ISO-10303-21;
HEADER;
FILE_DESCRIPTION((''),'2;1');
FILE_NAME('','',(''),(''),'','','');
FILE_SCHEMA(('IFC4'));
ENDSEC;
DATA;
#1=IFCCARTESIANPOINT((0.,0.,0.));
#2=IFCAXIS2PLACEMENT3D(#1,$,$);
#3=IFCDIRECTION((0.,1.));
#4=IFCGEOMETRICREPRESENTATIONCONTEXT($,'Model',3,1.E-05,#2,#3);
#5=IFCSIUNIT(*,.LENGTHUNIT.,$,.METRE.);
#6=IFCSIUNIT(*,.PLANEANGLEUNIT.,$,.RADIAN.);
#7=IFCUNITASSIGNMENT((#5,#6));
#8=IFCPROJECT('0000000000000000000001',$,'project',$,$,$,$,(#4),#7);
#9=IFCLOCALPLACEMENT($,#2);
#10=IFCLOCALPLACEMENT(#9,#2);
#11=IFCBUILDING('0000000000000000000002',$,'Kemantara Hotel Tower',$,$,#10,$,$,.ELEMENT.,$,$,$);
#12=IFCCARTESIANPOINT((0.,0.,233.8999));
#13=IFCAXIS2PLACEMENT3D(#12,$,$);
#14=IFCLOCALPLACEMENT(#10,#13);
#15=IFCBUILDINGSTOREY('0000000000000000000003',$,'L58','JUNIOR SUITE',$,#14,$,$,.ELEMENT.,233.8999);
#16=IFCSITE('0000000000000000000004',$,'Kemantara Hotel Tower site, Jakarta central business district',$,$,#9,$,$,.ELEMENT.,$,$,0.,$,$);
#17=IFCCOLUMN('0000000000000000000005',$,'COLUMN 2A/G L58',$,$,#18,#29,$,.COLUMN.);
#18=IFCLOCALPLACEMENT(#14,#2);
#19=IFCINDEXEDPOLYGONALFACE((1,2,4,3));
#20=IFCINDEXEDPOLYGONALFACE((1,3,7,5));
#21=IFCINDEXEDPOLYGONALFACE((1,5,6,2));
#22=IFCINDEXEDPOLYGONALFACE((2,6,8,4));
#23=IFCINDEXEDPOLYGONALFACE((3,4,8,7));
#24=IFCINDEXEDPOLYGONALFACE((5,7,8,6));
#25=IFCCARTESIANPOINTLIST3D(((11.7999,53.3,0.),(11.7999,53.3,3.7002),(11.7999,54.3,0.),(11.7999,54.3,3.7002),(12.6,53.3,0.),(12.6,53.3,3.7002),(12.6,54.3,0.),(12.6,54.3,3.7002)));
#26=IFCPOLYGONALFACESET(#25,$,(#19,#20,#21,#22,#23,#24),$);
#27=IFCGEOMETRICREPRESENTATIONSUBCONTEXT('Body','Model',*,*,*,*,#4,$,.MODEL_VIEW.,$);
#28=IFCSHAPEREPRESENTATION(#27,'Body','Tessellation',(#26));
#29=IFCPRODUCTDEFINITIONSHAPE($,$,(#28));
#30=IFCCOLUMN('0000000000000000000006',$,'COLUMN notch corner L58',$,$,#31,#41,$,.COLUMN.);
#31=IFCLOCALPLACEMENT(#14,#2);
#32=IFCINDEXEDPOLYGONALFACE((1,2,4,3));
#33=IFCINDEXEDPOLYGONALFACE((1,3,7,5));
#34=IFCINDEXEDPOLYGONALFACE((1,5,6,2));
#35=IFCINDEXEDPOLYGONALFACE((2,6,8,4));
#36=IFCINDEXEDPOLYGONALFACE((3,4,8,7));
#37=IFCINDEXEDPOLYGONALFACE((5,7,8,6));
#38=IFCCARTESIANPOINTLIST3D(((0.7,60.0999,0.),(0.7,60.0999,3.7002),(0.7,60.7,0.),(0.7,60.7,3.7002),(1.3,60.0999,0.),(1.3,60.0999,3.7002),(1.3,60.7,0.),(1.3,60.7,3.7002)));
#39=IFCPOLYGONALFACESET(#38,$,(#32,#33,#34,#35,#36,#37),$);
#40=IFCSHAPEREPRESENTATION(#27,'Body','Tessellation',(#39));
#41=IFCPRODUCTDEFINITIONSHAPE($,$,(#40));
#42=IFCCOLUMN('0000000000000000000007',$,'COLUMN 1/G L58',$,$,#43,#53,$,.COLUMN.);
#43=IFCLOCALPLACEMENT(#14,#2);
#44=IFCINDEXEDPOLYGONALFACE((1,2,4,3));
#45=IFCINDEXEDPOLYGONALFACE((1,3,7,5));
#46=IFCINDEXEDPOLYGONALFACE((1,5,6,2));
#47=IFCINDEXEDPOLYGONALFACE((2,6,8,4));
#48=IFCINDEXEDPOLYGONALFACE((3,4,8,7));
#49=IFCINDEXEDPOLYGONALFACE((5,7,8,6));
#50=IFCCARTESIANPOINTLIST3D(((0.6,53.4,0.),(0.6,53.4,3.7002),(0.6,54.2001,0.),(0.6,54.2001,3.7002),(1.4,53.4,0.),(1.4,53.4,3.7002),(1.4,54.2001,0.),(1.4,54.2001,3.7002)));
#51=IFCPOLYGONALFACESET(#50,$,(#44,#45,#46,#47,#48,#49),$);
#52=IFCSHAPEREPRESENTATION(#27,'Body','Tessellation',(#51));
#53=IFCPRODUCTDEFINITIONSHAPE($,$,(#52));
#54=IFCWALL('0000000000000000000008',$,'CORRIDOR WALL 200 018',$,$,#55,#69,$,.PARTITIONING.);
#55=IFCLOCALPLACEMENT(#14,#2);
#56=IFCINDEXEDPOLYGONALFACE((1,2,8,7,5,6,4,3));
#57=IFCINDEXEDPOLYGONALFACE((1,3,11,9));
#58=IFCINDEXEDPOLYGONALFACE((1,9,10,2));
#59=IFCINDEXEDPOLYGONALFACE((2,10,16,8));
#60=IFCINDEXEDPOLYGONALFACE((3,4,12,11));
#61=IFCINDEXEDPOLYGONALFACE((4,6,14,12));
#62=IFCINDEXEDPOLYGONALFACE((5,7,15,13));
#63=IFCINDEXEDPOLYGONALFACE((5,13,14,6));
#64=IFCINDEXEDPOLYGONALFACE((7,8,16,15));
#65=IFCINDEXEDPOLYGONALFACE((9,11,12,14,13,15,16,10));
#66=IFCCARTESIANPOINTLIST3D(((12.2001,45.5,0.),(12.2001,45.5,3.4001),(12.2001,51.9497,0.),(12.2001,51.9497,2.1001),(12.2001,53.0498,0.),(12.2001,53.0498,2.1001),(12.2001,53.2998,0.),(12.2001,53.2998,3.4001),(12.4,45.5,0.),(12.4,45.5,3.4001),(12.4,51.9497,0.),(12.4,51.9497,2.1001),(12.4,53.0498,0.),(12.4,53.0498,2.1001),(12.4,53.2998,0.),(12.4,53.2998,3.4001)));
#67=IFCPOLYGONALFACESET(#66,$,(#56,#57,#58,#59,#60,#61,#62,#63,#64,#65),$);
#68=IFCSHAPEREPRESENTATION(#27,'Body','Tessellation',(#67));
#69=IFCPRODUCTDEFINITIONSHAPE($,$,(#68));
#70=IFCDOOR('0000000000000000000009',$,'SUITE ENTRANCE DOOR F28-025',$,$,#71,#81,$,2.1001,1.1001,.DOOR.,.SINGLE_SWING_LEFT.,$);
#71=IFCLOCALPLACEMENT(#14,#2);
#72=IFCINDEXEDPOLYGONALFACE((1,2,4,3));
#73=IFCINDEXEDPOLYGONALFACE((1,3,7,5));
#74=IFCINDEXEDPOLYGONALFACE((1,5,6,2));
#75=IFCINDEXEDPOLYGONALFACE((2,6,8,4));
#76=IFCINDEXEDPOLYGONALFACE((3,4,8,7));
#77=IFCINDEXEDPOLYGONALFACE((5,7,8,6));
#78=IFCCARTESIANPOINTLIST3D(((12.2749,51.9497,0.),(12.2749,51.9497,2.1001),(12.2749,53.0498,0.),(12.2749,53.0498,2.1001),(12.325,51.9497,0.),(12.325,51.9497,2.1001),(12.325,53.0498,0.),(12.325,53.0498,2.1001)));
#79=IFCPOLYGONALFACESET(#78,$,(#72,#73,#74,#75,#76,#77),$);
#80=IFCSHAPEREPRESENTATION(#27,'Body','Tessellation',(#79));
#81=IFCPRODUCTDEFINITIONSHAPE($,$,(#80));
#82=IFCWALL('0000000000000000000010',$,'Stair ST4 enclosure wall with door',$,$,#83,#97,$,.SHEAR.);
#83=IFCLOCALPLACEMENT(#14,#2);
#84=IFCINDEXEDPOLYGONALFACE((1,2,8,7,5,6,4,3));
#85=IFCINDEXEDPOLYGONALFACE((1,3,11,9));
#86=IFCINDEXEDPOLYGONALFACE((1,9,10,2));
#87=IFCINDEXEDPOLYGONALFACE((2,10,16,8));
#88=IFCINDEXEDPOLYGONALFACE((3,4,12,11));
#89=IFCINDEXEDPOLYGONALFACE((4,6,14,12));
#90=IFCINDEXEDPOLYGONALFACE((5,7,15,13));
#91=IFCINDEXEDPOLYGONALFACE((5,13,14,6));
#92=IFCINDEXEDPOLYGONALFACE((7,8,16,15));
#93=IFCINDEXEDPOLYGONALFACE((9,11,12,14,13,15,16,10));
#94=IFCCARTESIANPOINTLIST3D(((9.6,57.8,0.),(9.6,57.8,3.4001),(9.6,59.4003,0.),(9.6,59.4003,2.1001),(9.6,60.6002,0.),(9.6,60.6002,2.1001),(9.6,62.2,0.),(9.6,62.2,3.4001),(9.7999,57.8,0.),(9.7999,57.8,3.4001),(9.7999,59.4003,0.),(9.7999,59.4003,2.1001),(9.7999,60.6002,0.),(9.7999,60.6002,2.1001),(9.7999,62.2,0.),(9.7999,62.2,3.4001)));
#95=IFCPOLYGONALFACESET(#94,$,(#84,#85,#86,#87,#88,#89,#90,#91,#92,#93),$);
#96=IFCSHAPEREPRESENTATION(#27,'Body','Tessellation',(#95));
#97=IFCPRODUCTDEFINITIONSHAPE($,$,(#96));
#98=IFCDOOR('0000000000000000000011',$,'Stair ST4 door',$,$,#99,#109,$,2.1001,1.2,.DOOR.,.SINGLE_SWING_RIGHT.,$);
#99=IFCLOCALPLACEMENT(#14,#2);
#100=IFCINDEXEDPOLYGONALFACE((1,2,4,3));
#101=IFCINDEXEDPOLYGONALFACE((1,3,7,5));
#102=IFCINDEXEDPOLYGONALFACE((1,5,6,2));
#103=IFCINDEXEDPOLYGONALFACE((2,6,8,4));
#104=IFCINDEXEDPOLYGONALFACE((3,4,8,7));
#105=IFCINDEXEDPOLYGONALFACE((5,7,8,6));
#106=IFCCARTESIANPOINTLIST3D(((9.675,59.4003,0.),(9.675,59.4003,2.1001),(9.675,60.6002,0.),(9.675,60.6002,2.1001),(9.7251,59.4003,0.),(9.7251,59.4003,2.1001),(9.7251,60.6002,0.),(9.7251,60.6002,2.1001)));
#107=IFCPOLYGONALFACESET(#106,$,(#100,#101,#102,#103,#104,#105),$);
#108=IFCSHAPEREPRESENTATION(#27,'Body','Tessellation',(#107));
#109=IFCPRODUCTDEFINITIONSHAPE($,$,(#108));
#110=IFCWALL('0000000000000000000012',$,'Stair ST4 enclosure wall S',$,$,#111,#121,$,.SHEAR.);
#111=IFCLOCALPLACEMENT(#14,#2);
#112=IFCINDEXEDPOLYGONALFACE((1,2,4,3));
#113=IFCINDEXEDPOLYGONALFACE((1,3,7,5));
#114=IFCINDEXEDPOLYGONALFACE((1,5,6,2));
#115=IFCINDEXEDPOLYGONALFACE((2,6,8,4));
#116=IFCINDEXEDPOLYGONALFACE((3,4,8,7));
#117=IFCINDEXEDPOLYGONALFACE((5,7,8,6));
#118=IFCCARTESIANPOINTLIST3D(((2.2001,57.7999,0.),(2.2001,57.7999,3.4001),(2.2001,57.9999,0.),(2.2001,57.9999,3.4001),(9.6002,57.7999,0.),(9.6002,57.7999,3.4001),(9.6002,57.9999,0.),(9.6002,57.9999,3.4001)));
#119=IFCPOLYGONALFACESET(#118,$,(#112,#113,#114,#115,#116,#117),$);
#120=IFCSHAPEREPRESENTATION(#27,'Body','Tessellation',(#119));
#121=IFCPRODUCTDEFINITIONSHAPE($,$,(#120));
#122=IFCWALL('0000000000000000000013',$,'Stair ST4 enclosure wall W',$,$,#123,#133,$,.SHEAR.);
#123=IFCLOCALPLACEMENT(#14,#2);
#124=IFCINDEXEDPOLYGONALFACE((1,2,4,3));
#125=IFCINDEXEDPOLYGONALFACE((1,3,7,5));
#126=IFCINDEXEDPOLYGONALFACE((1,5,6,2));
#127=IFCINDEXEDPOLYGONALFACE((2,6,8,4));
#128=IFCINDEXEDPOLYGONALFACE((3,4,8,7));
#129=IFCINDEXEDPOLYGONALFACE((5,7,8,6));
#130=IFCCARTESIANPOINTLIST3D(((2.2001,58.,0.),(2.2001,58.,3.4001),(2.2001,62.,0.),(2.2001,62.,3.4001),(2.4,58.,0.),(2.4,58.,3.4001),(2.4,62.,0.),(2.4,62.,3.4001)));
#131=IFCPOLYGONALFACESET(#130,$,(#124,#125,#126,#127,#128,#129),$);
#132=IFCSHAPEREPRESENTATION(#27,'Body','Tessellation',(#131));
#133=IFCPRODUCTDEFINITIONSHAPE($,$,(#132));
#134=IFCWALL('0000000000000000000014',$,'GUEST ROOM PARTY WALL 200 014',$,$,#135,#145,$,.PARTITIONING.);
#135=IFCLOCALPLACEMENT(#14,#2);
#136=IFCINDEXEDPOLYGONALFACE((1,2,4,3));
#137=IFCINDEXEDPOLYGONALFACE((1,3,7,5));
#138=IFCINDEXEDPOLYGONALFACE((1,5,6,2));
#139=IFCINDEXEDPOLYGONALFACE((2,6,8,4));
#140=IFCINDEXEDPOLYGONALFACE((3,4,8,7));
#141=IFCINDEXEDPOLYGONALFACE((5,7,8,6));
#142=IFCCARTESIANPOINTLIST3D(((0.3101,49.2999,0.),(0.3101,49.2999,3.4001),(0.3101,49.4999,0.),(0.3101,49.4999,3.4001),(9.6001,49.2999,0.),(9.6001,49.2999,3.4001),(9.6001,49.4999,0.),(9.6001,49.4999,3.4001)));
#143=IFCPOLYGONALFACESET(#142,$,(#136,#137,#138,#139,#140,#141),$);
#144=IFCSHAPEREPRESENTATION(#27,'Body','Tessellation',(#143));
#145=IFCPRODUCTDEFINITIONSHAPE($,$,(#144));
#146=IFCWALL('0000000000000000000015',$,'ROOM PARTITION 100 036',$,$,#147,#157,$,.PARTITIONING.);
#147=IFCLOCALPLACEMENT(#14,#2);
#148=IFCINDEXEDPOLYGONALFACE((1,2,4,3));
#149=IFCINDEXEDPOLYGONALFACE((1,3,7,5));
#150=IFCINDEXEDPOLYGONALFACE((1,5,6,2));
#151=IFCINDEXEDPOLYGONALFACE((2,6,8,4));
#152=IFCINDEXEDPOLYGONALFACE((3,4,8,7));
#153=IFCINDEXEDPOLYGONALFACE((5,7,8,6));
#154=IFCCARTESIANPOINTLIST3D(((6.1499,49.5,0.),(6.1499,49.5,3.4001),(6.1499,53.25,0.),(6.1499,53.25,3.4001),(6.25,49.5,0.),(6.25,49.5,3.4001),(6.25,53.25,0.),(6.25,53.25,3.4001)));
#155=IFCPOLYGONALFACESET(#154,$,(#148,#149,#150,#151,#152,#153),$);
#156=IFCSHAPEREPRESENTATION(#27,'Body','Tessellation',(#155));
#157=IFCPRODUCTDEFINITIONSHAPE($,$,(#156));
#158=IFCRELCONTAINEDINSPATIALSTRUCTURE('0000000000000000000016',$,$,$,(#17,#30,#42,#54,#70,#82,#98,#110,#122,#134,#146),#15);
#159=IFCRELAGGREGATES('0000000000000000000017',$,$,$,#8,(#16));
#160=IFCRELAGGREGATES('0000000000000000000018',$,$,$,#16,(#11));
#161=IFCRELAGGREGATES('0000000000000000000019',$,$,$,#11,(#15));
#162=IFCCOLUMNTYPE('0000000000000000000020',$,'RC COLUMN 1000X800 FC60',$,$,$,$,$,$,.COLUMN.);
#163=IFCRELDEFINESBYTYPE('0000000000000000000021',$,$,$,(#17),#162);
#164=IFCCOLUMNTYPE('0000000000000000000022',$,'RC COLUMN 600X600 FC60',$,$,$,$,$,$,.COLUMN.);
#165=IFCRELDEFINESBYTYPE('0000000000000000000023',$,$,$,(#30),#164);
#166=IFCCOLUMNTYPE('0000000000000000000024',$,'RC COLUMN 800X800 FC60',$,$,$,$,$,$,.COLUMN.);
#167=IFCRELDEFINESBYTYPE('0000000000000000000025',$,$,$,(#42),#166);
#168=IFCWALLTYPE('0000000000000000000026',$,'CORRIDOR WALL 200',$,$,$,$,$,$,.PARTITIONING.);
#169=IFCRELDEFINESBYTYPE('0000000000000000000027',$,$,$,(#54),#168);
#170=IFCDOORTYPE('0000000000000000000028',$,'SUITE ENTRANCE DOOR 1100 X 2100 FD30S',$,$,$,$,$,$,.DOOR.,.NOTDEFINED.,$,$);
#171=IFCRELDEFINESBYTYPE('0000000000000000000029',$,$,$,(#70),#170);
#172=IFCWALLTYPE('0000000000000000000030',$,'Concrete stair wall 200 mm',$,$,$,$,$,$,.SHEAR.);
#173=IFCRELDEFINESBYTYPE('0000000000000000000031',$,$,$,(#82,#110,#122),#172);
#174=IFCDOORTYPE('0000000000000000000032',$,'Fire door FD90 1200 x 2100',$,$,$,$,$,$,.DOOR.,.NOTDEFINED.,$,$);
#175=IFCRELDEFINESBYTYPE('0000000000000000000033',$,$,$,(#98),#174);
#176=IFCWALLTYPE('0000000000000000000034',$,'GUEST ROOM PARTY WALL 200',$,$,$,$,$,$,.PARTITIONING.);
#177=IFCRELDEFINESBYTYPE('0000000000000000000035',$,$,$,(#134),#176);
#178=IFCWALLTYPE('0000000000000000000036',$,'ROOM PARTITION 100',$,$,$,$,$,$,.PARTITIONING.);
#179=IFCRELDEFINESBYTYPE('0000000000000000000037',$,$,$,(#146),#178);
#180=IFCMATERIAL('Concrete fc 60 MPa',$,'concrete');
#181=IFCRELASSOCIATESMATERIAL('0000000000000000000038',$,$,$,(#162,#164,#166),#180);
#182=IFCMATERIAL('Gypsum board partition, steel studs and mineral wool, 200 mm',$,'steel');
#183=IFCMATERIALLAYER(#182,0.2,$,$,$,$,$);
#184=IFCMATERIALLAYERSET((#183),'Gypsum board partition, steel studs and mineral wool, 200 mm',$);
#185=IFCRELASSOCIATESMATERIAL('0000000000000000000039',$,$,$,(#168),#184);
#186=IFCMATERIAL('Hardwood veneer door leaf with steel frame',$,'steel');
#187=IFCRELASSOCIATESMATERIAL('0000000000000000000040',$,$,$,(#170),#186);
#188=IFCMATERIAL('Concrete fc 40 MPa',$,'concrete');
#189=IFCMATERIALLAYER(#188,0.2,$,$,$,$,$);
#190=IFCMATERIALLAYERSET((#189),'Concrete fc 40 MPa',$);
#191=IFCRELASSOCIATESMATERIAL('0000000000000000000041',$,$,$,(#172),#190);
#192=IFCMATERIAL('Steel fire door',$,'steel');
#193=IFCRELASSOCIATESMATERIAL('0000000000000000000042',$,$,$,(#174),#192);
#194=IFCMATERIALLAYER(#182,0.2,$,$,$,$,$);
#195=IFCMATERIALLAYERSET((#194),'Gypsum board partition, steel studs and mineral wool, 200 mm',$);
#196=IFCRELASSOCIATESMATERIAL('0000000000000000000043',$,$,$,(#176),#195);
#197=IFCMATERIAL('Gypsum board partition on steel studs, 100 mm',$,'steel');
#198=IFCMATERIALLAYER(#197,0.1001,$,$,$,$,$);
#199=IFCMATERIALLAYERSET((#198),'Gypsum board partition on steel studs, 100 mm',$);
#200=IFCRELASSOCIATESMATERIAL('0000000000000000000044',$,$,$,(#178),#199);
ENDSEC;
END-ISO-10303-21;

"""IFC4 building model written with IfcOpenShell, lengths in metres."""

from ifc_helpers import new_model, si_unit, direction, frame, frame_2d, origin, origin_2d, place, context, subcontext, project, spatial, rectangle, extrude, material, layer, layer_set, material_profile, profile_set, type_object, element, fill, save


model = new_model("IFC4")

# Units and contexts
model_context = context("Model", 3, precision=1e-05, world=origin(), true_north=direction((0.0, 1.0)))
body_context = subcontext(model_context, "Body", "Model", "MODEL_VIEW")
ifc_project = project(units=[si_unit("LENGTHUNIT", "METRE"), si_unit("PLANEANGLEUNIT", "RADIAN")], contexts=[model_context])

# Site, building, storey
site_placement = place(None, origin())
site = spatial("IfcSite", under=ifc_project, at=site_placement, Name="Kemantara Hotel Tower site, Jakarta central business district", CompositionType="ELEMENT", RefElevation=0.0)
building_placement = place(site_placement, origin())
building = spatial("IfcBuilding", under=site, at=building_placement, Name="Kemantara Hotel Tower", CompositionType="ELEMENT")
storey_placement = place(building_placement, frame((0.0, 0.0, 233.8999)))
storey = spatial("IfcBuildingStorey", under=building, at=storey_placement, Name="L58", Description="JUNIOR SUITE", CompositionType="ELEMENT", Elevation=233.8999)

# Columns
ifc_material_1 = material(Name="Concrete fc 60 MPa", Category="concrete")
ifc_material_profile_1 = material_profile(ifc_material_1, rectangle(XDim=1.0, YDim=0.8, at=origin_2d()), Name="RC 1000X800")
ifc_profile_set_1 = profile_set([ifc_material_profile_1], Name="Concrete fc 60 MPa")
column_type_1 = type_object("IfcColumnType", Name="RC COLUMN 1000X800 FC60", PredefinedType="COLUMN", material=ifc_profile_set_1)
column_1_placement = place(storey_placement, frame((12.2, 53.8, 0.0), z_axis=(0.0, 0.0, 1.0), x_axis=(0.0, 1.0, 0.0)))
element("IfcColumn", 1, at=column_1_placement, inside=storey, type_object=column_type_1, Name="COLUMN 2A/G L58", PredefinedType="COLUMN", context=body_context, shape_type="SweptSolid", body=[
    extrude(rectangle(XDim=1.0, YDim=0.8, at=origin_2d()), origin(), (0.0, 0.0, 1.0), 3.7002),
])
ifc_material_profile_2 = material_profile(ifc_material_1, rectangle(XDim=0.6001, YDim=0.6001, at=origin_2d()), Name="RC 600X600")
ifc_profile_set_2 = profile_set([ifc_material_profile_2], Name="Concrete fc 60 MPa")
column_type_2 = type_object("IfcColumnType", Name="RC COLUMN 600X600 FC60", PredefinedType="COLUMN", material=ifc_profile_set_2)
column_2_placement = place(storey_placement, frame((1.0, 60.3999, 0.0), z_axis=(0.0, 0.0, 1.0), x_axis=(1.0, 0.0, 0.0)))
element("IfcColumn", 2, at=column_2_placement, inside=storey, type_object=column_type_2, Name="COLUMN notch corner L58", PredefinedType="COLUMN", context=body_context, shape_type="SweptSolid", body=[
    extrude(rectangle(XDim=0.6001, YDim=0.6001, at=origin_2d()), origin(), (0.0, 0.0, 1.0), 3.7002),
])
ifc_material_profile_3 = material_profile(ifc_material_1, rectangle(XDim=0.8, YDim=0.8, at=origin_2d()), Name="RC 800X800")
ifc_profile_set_3 = profile_set([ifc_material_profile_3], Name="Concrete fc 60 MPa")
column_type_3 = type_object("IfcColumnType", Name="RC COLUMN 800X800 FC60", PredefinedType="COLUMN", material=ifc_profile_set_3)
column_3_placement = place(storey_placement, frame((1.0, 53.8, 0.0), z_axis=(0.0, 0.0, 1.0), x_axis=(1.0, 0.0, 0.0)))
element("IfcColumn", 3, at=column_3_placement, inside=storey, type_object=column_type_3, Name="COLUMN 1/G L58", PredefinedType="COLUMN", context=body_context, shape_type="SweptSolid", body=[
    extrude(rectangle(XDim=0.8, YDim=0.8, at=origin_2d()), origin(), (0.0, 0.0, 1.0), 3.7002),
])

# Walls, openings, doors
ifc_material_2 = material(Name="Gypsum board partition, steel studs and mineral wool, 200 mm", Category="steel")
ifc_layer_1 = layer(ifc_material_2, 0.2)
ifc_layer_set_1 = layer_set([ifc_layer_1], Name="Gypsum board partition, steel studs and mineral wool, 200 mm")
wall_type_1 = type_object("IfcWallType", Name="CORRIDOR WALL 200", PredefinedType="PARTITIONING", material=ifc_layer_set_1)
wall_1_placement = place(storey_placement, frame((12.3, 53.2998, 0.0), z_axis=(0.0, 0.0, 1.0), x_axis=(0.0, -1.0, 0.0)))
wall_1 = element("IfcWall", 4, at=wall_1_placement, inside=storey, type_object=wall_type_1, Name="CORRIDOR WALL 200 018", PredefinedType="PARTITIONING", context=body_context, shape_type="SweptSolid", body=[
    extrude(rectangle(XDim=7.7998, YDim=0.2, at=frame_2d((3.8999, 0.0))), origin(), (0.0, 0.0, 1.0), 3.4001),
])
opening_1_placement = place(wall_1_placement, frame((0.25, 0.0, 0.0)))
opening_1 = element("IfcOpeningElement", 5, at=opening_1_placement, cuts=wall_1, PredefinedType="OPENING", context=body_context, shape_type="SweptSolid", body=[
    extrude(rectangle(XDim=1.1001, YDim=2.1001, at=frame_2d((0.55, 1.05))), frame((0.0, 0.1099, 0.0), z_axis=(0.0, -1.0, 0.0), x_axis=(1.0, 0.0, 0.0)), (0.0, 0.0, 1.0), 0.22),
])
ifc_material_3 = material(Name="Hardwood veneer door leaf with steel frame", Category="steel")
door_type_1 = type_object("IfcDoorType", Name="SUITE ENTRANCE DOOR 1100 X 2100 FD30S", OperationType="NOTDEFINED", PredefinedType="DOOR", material=ifc_material_3)
door_1_placement = place(opening_1_placement, origin())
door_1 = element("IfcDoor", 6, at=door_1_placement, inside=storey, type_object=door_type_1, Name="SUITE ENTRANCE DOOR F28-025", OperationType="SINGLE_SWING_LEFT", OverallHeight=2.1001, OverallWidth=1.1001, PredefinedType="DOOR", context=body_context, shape_type="SweptSolid", body=[
    extrude(rectangle(XDim=1.1001, YDim=2.1001, at=frame_2d((0.55, 1.05))), frame((0.0, 0.0249, 0.0), z_axis=(0.0, -1.0, 0.0), x_axis=(1.0, 0.0, 0.0)), (0.0, 0.0, 1.0), 0.05),
])
fill(opening_1, door_1)
ifc_material_4 = material(Name="Concrete fc 40 MPa", Category="concrete")
ifc_layer_2 = layer(ifc_material_4, 0.2)
ifc_layer_set_2 = layer_set([ifc_layer_2], Name="Concrete fc 40 MPa")
wall_type_2 = type_object("IfcWallType", Name="Concrete stair wall 200 mm", PredefinedType="SHEAR", material=ifc_layer_set_2)
wall_2_placement = place(storey_placement, frame((9.7, 57.8, 0.0), z_axis=(0.0, 0.0, 1.0), x_axis=(0.0, 1.0, 0.0)))
wall_2 = element("IfcWall", 7, at=wall_2_placement, inside=storey, type_object=wall_type_2, Name="Stair ST4 enclosure wall with door", PredefinedType="SHEAR", context=body_context, shape_type="SweptSolid", body=[
    extrude(rectangle(XDim=4.3999, YDim=0.2, at=frame_2d((2.2, 0.0))), origin(), (0.0, 0.0, 1.0), 3.4001),
])
opening_2_placement = place(wall_2_placement, frame((1.6001, 0.0, 0.0)))
opening_2 = element("IfcOpeningElement", 8, at=opening_2_placement, cuts=wall_2, PredefinedType="OPENING", context=body_context, shape_type="SweptSolid", body=[
    extrude(rectangle(XDim=1.2, YDim=2.1001, at=frame_2d((0.6001, 1.05))), frame((0.0, 0.1099, 0.0), z_axis=(0.0, -1.0, 0.0), x_axis=(1.0, 0.0, 0.0)), (0.0, 0.0, 1.0), 0.22),
])
ifc_material_5 = material(Name="Steel fire door", Category="steel")
door_type_2 = type_object("IfcDoorType", Name="Fire door FD90 1200 x 2100", OperationType="NOTDEFINED", PredefinedType="DOOR", material=ifc_material_5)
door_2_placement = place(opening_2_placement, origin())
door_2 = element("IfcDoor", 9, at=door_2_placement, inside=storey, type_object=door_type_2, Name="Stair ST4 door", OperationType="SINGLE_SWING_RIGHT", OverallHeight=2.1001, OverallWidth=1.2, PredefinedType="DOOR", context=body_context, shape_type="SweptSolid", body=[
    extrude(rectangle(XDim=1.2, YDim=2.1001, at=frame_2d((0.6001, 1.05))), frame((0.0, 0.0249, 0.0), z_axis=(0.0, -1.0, 0.0), x_axis=(1.0, 0.0, 0.0)), (0.0, 0.0, 1.0), 0.05),
])
fill(opening_2, door_2)

# Walls
wall_3_placement = place(storey_placement, frame((2.2, 57.8999, 0.0), z_axis=(0.0, 0.0, 1.0), x_axis=(1.0, 0.0, 0.0)))
element("IfcWall", 10, at=wall_3_placement, inside=storey, type_object=wall_type_2, Name="Stair ST4 enclosure wall S", PredefinedType="SHEAR", context=body_context, shape_type="SweptSolid", body=[
    extrude(rectangle(XDim=7.4001, YDim=0.2, at=frame_2d((3.7002, 0.0))), origin(), (0.0, 0.0, 1.0), 3.4001),
])
wall_4_placement = place(storey_placement, frame((2.3, 58.0, 0.0), z_axis=(0.0, 0.0, 1.0), x_axis=(0.0, 1.0, 0.0)))
element("IfcWall", 11, at=wall_4_placement, inside=storey, type_object=wall_type_2, Name="Stair ST4 enclosure wall W", PredefinedType="SHEAR", context=body_context, shape_type="SweptSolid", body=[
    extrude(rectangle(XDim=4.0, YDim=0.2, at=frame_2d((2.0, 0.0))), origin(), (0.0, 0.0, 1.0), 3.4001),
])
ifc_layer_3 = layer(ifc_material_2, 0.2)
ifc_layer_set_3 = layer_set([ifc_layer_3], Name="Gypsum board partition, steel studs and mineral wool, 200 mm")
wall_type_3 = type_object("IfcWallType", Name="GUEST ROOM PARTY WALL 200", PredefinedType="PARTITIONING", material=ifc_layer_set_3)
wall_5_placement = place(storey_placement, frame((0.3101, 49.3999, 0.0), z_axis=(0.0, 0.0, 1.0), x_axis=(1.0, 0.0, 0.0)))
element("IfcWall", 12, at=wall_5_placement, inside=storey, type_object=wall_type_3, Name="GUEST ROOM PARTY WALL 200 014", PredefinedType="PARTITIONING", context=body_context, shape_type="SweptSolid", body=[
    extrude(rectangle(XDim=9.29, YDim=0.2, at=frame_2d((4.645, 0.0))), origin(), (0.0, 0.0, 1.0), 3.4001),
])
ifc_material_6 = material(Name="Gypsum board partition on steel studs, 100 mm", Category="steel")
ifc_layer_4 = layer(ifc_material_6, 0.1001)
ifc_layer_set_4 = layer_set([ifc_layer_4], Name="Gypsum board partition on steel studs, 100 mm")
wall_type_4 = type_object("IfcWallType", Name="ROOM PARTITION 100", PredefinedType="PARTITIONING", material=ifc_layer_set_4)
wall_6_placement = place(storey_placement, frame((6.2, 49.5, 0.0), z_axis=(0.0, 0.0, 1.0), x_axis=(0.0, 1.0, 0.0)))
element("IfcWall", 13, at=wall_6_placement, inside=storey, type_object=wall_type_4, Name="ROOM PARTITION 100 036", PredefinedType="PARTITIONING", context=body_context, shape_type="SweptSolid", body=[
    extrude(rectangle(XDim=3.75, YDim=0.1001, at=frame_2d((1.875, 0.0))), origin(), (0.0, 0.0, 1.0), 3.4001),
])

save(model, "model.ifc")
